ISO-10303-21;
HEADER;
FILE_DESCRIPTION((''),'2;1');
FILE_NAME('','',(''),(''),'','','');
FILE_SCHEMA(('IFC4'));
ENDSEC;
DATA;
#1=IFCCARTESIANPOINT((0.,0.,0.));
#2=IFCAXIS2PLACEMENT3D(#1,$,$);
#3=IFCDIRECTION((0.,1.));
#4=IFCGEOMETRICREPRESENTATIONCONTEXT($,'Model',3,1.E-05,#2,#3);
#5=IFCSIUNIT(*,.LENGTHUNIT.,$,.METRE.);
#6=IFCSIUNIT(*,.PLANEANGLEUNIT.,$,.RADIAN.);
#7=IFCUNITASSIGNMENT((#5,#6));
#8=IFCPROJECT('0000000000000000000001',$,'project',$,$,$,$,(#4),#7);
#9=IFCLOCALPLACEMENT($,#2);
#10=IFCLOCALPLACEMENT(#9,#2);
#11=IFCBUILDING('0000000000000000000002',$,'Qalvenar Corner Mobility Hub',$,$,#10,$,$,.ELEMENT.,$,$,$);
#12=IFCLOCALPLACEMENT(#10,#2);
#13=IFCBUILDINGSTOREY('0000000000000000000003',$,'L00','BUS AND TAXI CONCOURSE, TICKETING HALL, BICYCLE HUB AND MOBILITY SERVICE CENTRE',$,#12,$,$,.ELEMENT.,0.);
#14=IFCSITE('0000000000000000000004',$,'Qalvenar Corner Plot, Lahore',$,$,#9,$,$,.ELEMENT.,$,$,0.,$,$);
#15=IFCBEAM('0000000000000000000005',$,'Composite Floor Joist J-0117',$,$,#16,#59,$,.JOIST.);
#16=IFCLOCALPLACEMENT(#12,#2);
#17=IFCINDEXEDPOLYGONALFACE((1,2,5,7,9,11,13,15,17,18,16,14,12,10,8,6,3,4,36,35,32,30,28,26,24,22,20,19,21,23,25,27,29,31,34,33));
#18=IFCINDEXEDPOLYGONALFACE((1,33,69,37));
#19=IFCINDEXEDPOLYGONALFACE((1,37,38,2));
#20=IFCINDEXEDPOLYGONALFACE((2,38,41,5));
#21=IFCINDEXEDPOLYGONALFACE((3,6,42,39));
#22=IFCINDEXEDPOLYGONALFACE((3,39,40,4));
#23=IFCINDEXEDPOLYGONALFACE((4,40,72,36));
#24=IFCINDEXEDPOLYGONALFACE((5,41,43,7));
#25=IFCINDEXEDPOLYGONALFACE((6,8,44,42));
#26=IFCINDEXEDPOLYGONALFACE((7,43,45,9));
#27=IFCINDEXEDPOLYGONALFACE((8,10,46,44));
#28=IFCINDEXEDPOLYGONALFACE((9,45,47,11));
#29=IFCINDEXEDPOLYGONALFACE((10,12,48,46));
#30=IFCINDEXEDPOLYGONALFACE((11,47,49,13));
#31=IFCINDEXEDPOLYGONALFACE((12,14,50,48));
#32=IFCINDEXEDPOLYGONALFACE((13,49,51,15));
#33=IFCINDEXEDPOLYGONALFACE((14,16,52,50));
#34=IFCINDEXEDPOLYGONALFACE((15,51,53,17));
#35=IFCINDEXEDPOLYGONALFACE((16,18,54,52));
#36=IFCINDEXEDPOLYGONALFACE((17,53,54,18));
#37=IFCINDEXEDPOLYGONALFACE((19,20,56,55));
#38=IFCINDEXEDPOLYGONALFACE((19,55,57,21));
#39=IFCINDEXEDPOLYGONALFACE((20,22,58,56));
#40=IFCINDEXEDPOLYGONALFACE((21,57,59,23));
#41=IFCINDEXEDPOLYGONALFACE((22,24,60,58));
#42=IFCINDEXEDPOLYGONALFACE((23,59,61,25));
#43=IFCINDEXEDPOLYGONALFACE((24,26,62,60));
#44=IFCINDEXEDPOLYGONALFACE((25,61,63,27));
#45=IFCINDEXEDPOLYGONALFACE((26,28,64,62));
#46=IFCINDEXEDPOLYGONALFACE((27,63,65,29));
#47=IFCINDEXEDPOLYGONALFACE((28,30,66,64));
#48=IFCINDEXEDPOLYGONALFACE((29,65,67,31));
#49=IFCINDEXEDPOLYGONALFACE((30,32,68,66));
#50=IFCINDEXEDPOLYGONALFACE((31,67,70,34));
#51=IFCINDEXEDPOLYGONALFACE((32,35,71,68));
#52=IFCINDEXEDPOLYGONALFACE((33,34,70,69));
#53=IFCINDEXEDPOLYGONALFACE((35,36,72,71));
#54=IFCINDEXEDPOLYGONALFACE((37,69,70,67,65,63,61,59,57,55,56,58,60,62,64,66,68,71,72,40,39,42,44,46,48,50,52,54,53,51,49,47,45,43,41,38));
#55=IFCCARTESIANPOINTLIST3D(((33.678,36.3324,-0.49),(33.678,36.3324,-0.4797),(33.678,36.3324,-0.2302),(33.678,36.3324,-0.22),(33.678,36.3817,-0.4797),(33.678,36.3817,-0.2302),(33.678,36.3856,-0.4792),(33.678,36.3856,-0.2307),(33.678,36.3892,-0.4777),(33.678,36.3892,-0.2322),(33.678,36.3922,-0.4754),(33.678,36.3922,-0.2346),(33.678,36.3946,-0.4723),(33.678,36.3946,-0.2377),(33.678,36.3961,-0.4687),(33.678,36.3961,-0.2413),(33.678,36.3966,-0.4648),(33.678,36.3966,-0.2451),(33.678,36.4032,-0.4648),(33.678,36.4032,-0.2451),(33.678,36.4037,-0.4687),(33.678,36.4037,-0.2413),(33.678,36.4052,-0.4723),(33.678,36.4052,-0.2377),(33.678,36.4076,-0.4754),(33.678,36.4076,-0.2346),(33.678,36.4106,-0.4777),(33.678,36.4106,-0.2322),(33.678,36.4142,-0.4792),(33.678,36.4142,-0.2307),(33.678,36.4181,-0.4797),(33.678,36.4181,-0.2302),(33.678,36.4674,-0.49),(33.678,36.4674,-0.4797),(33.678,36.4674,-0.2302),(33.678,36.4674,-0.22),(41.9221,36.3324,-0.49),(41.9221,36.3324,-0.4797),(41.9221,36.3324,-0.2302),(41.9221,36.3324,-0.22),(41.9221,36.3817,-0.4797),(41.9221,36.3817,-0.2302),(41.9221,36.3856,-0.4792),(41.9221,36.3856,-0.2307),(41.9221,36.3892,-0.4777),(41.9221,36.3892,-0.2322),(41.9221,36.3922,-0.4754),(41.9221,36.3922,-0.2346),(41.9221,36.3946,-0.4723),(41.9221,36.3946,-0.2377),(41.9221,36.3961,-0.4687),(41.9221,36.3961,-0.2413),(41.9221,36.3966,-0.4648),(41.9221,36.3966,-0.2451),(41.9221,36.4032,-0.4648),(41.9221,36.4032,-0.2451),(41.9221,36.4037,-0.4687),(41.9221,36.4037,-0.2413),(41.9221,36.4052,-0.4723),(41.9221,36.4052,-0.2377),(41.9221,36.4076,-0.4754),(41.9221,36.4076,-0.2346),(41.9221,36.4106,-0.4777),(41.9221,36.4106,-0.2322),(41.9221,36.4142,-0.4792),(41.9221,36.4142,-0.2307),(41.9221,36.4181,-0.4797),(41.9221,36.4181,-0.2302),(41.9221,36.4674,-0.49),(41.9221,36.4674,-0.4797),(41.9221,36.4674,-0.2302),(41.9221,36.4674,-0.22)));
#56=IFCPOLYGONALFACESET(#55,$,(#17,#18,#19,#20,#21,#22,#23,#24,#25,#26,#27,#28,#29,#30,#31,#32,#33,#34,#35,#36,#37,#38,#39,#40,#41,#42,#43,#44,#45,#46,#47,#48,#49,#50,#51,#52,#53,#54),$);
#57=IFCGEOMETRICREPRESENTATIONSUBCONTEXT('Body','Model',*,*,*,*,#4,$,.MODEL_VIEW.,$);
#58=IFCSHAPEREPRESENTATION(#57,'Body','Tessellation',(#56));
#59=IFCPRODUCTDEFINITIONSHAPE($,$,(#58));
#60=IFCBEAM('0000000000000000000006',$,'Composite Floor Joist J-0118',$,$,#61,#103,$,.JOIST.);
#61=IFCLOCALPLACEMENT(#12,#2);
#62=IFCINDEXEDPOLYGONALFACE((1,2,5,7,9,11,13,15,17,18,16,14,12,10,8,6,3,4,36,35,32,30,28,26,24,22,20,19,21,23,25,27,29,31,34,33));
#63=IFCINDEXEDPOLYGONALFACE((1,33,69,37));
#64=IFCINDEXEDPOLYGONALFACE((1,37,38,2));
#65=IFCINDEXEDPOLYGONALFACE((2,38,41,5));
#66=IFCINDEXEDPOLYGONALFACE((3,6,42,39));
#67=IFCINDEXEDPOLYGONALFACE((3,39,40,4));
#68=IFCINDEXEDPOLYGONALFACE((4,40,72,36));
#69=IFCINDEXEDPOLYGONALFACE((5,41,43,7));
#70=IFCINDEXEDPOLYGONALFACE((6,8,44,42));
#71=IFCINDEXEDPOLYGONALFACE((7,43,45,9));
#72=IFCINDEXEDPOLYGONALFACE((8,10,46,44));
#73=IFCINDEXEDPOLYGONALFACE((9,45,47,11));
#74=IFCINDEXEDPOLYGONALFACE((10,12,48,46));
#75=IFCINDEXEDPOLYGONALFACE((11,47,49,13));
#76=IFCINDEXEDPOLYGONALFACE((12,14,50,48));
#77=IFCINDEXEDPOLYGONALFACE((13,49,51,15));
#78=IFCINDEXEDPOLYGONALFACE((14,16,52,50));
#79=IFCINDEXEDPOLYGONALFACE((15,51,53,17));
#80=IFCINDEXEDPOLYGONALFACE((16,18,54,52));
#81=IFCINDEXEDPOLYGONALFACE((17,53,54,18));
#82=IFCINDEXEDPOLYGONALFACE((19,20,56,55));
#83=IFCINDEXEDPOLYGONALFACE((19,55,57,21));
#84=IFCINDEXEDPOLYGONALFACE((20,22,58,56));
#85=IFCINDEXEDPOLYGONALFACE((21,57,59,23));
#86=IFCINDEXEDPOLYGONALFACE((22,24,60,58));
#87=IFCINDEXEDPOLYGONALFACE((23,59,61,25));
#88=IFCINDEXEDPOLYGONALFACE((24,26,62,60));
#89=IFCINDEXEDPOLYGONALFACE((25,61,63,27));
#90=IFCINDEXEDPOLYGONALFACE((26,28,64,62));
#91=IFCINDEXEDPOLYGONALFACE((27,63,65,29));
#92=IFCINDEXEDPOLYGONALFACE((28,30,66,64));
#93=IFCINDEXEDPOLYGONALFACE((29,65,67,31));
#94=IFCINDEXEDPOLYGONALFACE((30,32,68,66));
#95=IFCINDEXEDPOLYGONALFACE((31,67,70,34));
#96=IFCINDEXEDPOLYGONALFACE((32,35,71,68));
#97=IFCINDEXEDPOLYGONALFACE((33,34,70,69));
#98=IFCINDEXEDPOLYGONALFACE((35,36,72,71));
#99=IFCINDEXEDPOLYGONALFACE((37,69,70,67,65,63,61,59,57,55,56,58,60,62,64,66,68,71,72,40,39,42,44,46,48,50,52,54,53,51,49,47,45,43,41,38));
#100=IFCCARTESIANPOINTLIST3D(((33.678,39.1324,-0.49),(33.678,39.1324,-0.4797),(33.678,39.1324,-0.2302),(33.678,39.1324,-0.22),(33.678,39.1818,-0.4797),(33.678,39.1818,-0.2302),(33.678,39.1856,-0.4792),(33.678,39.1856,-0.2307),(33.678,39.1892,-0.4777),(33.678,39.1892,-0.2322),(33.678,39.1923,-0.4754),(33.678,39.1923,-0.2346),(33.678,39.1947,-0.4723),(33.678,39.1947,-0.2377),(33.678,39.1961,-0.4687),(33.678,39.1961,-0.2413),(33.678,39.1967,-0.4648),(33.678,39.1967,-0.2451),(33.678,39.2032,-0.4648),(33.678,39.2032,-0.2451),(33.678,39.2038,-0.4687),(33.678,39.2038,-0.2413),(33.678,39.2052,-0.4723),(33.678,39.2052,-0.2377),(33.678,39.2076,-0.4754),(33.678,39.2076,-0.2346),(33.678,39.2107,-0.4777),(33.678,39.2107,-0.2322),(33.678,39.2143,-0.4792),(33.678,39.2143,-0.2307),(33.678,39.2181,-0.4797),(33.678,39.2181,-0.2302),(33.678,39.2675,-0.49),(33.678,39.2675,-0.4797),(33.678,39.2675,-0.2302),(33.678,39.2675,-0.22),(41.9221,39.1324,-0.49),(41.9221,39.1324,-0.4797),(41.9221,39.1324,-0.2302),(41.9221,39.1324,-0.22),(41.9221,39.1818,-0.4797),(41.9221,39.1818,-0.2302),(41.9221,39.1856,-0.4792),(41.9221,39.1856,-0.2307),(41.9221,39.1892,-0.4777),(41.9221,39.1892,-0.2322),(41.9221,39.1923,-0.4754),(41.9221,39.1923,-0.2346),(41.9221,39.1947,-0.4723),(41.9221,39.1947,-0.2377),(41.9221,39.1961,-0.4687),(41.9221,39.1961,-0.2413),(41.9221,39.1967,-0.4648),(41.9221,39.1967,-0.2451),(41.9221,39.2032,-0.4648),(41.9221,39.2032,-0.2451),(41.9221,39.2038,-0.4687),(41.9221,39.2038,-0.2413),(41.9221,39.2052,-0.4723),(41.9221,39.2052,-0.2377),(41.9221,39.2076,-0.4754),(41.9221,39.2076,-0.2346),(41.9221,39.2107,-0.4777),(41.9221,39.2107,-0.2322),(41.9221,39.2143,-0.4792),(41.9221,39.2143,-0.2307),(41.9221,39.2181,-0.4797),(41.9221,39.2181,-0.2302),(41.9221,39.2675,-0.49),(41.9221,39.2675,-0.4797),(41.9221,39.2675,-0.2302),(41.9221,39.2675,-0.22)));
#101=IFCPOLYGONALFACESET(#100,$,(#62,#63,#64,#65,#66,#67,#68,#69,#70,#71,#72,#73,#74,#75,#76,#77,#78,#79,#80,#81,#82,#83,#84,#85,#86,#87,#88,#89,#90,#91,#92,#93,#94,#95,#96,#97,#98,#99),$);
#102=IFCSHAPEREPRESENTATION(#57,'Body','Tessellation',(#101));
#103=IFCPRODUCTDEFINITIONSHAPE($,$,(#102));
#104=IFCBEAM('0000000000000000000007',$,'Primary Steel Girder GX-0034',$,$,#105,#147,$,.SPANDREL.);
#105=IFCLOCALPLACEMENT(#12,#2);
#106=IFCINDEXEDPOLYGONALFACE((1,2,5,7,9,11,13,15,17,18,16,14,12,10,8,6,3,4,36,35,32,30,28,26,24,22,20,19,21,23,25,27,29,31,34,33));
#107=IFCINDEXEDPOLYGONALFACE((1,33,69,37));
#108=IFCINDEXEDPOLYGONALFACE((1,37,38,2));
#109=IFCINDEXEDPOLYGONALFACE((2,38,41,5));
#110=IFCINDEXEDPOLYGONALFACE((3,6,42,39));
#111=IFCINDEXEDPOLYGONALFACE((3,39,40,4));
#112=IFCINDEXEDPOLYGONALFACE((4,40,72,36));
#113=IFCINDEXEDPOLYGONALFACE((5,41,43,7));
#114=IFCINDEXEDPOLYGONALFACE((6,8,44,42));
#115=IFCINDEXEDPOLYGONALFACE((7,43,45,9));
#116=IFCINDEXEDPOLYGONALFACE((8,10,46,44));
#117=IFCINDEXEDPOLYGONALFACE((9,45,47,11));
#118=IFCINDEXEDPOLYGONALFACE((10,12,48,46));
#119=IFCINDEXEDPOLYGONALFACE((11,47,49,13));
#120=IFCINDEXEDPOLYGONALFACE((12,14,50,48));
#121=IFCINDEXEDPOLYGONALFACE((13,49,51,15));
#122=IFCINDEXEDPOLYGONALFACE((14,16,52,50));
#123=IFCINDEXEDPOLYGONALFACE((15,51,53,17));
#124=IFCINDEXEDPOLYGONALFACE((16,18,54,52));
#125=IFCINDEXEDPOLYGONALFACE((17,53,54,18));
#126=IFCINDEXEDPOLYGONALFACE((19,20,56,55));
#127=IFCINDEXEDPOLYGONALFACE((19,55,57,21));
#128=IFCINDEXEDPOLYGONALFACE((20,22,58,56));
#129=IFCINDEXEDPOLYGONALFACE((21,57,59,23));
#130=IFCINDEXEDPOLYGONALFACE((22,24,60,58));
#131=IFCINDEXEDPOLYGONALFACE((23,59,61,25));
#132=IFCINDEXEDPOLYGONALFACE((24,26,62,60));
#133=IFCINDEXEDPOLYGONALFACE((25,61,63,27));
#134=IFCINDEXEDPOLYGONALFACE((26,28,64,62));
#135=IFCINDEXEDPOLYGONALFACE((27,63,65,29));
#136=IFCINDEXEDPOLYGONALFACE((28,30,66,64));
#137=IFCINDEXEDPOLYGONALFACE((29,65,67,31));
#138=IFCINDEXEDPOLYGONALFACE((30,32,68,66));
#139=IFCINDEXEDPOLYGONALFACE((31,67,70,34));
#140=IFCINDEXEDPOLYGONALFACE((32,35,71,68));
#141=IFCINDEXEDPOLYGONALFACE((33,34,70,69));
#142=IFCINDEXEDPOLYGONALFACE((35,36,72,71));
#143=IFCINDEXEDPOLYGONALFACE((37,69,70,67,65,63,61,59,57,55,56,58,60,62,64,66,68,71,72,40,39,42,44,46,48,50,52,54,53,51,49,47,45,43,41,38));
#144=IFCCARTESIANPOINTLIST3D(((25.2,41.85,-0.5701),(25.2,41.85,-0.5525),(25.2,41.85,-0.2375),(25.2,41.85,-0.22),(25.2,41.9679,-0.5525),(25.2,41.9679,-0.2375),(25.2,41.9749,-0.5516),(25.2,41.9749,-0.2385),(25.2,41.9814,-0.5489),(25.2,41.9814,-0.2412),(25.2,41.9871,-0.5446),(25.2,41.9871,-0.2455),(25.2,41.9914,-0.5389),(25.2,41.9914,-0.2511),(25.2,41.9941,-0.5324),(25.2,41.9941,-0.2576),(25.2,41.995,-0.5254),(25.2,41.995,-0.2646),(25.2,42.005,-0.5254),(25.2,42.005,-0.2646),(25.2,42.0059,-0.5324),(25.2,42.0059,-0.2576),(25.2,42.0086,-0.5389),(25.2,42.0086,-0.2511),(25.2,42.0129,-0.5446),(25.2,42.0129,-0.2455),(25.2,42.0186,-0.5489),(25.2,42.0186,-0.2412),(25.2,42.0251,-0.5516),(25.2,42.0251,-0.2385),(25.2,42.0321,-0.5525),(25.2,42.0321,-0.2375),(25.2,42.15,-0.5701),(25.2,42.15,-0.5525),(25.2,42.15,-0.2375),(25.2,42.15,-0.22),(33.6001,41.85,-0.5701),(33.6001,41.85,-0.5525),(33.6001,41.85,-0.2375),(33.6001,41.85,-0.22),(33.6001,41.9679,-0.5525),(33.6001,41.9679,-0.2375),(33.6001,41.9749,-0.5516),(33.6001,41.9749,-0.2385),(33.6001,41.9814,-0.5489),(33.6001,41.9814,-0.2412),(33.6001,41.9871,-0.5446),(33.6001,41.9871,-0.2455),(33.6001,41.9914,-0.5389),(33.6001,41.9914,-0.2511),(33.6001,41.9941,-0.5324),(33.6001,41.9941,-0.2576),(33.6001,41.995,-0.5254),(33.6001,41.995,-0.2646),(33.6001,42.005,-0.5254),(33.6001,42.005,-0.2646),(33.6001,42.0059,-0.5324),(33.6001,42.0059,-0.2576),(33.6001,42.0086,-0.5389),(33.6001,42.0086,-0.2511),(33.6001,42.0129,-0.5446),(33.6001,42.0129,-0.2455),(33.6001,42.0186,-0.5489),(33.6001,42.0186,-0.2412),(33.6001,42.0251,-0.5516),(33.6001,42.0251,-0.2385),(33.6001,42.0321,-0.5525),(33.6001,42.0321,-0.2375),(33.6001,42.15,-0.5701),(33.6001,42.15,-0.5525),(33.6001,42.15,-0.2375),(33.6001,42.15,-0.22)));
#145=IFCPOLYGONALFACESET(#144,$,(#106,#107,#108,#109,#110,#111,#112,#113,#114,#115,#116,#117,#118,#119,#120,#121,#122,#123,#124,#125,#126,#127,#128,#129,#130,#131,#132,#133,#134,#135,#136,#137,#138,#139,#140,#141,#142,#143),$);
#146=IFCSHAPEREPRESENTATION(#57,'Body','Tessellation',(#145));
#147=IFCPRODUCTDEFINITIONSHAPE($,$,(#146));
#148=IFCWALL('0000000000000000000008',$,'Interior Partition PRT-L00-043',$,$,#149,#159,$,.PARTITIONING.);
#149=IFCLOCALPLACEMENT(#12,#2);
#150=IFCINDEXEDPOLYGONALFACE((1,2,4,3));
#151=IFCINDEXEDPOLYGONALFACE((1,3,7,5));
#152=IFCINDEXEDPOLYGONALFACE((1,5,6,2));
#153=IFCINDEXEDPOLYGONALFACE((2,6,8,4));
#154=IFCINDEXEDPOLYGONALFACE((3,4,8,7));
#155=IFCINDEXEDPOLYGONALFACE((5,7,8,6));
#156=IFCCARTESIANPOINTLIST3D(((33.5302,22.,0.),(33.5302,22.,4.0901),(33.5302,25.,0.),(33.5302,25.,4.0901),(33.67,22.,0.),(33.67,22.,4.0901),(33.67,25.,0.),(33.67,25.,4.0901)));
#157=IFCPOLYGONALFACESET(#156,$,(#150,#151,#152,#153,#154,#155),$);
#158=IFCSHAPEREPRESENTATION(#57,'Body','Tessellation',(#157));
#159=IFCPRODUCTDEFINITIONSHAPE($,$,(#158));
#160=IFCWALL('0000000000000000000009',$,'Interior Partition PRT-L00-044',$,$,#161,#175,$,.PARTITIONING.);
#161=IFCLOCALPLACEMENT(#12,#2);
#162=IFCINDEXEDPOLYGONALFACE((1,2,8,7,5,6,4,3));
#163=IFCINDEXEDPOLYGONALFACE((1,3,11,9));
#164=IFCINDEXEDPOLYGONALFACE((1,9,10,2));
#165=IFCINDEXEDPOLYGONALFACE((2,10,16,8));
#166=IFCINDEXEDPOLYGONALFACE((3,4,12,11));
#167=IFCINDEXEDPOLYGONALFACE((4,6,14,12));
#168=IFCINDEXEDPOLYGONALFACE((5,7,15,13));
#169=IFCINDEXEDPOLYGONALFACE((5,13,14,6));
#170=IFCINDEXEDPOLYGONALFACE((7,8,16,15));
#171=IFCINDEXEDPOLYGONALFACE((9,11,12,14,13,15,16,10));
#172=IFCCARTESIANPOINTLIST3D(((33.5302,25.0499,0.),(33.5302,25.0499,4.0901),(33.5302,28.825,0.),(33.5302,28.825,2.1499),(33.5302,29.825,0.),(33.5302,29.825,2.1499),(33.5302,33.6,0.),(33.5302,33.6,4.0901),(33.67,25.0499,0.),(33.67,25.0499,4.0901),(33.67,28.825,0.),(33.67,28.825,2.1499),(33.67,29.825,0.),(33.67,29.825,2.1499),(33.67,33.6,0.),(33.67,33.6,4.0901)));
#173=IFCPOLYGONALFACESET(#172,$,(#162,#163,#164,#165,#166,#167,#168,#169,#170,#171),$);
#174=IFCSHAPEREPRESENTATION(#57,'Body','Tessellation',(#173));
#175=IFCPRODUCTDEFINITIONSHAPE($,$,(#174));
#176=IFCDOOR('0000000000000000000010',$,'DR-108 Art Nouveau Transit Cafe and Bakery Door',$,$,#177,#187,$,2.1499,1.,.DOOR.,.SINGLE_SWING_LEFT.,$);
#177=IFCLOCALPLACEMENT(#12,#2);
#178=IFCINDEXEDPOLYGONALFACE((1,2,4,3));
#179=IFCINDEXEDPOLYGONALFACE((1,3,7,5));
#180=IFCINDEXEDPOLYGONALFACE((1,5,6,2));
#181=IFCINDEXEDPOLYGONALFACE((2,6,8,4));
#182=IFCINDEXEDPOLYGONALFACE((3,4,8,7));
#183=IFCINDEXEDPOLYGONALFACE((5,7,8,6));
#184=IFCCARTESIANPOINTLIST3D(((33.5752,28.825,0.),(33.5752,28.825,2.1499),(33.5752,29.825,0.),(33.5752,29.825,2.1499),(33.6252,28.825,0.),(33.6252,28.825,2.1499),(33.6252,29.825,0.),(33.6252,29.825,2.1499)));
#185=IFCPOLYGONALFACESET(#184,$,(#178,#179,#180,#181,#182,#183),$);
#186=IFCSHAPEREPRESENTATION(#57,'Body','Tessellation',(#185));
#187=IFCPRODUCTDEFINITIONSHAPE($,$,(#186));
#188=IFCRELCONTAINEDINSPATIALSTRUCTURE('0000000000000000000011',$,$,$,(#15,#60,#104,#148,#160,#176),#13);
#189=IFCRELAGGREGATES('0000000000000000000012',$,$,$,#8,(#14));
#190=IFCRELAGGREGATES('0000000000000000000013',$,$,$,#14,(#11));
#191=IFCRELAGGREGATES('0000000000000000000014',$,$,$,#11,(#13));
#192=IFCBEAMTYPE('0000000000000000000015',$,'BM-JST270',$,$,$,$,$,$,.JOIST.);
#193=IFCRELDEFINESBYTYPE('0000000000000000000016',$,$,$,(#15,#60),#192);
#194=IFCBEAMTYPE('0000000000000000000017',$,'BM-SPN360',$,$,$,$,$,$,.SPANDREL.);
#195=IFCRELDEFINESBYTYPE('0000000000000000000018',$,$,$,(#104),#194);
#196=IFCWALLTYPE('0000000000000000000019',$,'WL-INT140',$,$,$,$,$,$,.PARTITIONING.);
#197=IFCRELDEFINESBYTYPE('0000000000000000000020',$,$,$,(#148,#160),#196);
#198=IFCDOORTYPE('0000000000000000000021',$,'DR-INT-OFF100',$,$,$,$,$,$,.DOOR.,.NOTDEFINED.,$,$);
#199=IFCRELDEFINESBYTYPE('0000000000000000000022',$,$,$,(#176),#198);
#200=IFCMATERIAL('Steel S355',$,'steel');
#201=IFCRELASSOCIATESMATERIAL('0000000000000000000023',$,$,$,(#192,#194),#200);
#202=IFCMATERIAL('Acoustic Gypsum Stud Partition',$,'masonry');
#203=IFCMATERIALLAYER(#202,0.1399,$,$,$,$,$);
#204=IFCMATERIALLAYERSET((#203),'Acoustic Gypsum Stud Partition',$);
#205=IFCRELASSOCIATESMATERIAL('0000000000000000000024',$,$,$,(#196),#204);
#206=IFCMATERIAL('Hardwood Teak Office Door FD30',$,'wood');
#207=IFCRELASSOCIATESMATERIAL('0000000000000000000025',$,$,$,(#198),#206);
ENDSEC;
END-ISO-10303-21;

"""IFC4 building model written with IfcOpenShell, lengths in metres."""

from ifc_helpers import new_model, si_unit, direction, frame, frame_2d, origin, origin_2d, place, context, subcontext, project, spatial, rectangle, i_section, extrude, material, layer, layer_set, material_profile, profile_set, type_object, element, fill, save


model = new_model("IFC4")

# Units and contexts
model_context = context("Model", 3, precision=1e-05, world=origin(), true_north=direction((0.0, 1.0)))
body_context = subcontext(model_context, "Body", "Model", "MODEL_VIEW")
ifc_project = project(units=[si_unit("LENGTHUNIT", "METRE"), si_unit("PLANEANGLEUNIT", "RADIAN")], contexts=[model_context])

# Site, building, storey
site_placement = place(None, origin())
site = spatial("IfcSite", under=ifc_project, at=site_placement, Name="Qalvenar Corner Plot, Lahore", CompositionType="ELEMENT", RefElevation=0.0)
building_placement = place(site_placement, origin())
building = spatial("IfcBuilding", under=site, at=building_placement, Name="Qalvenar Corner Mobility Hub", CompositionType="ELEMENT")
storey_placement = place(building_placement, origin())
storey = spatial("IfcBuildingStorey", under=building, at=storey_placement, Name="L00", Description="BUS AND TAXI CONCOURSE, TICKETING HALL, BICYCLE HUB AND MOBILITY SERVICE CENTRE", CompositionType="ELEMENT", Elevation=0.0)

# Shared definitions
ifc_material_1 = material(Name="Steel S355", Category="steel")

# Beams
ifc_material_profile_1 = material_profile(ifc_material_1, i_section(OverallWidth=0.135, OverallDepth=0.27, WebThickness=0.0066, FlangeThickness=0.0103, FilletRadius=0.0149, at=origin_2d()), Name="IPE270")
ifc_profile_set_1 = profile_set([ifc_material_profile_1], Name="Steel S355")
beam_type_1 = type_object("IfcBeamType", Name="BM-JST270", PredefinedType="JOIST", material=ifc_profile_set_1)
for number, where, z_axis, x_axis, name in (
    (1, (33.678, 36.3999, -0.355), (1.0, 0.0, 0.0), (0.0, 1.0, 0.0), "Composite Floor Joist J-0117"),
    (2, (33.678, 39.2, -0.355), (1.0, 0.0, 0.0), (0.0, 1.0, 0.0), "Composite Floor Joist J-0118"),
):
    element("IfcBeam", number, at=place(storey_placement, frame(where, z_axis=z_axis, x_axis=x_axis)), inside=storey, type_object=beam_type_1, Name=name, PredefinedType="JOIST", context=body_context, shape_type="SweptSolid", body=[
        extrude(i_section(OverallWidth=0.135, OverallDepth=0.27, WebThickness=0.0066, FlangeThickness=0.0103, FilletRadius=0.0149, at=origin_2d()), origin(), (0.0, 0.0, 1.0), 8.2441),
    ])
ifc_material_profile_2 = material_profile(ifc_material_1, i_section(OverallWidth=0.3, OverallDepth=0.3501, WebThickness=0.01, FlangeThickness=0.0176, FilletRadius=0.0271, at=origin_2d()), Name="HEA360")
ifc_profile_set_2 = profile_set([ifc_material_profile_2], Name="Steel S355")
beam_type_2 = type_object("IfcBeamType", Name="BM-SPN360", PredefinedType="SPANDREL", material=ifc_profile_set_2)
beam_1_placement = place(storey_placement, frame((25.2, 42.0, -0.395), z_axis=(1.0, 0.0, 0.0), x_axis=(0.0, 1.0, 0.0)))
element("IfcBeam", 3, at=beam_1_placement, inside=storey, type_object=beam_type_2, Name="Primary Steel Girder GX-0034", PredefinedType="SPANDREL", context=body_context, shape_type="SweptSolid", body=[
    extrude(i_section(OverallWidth=0.3, OverallDepth=0.3501, WebThickness=0.01, FlangeThickness=0.0176, FilletRadius=0.0271, at=origin_2d()), origin(), (0.0, 0.0, 1.0), 8.4001),
])

# Wall
ifc_material_2 = material(Name="Acoustic Gypsum Stud Partition", Category="masonry")
ifc_layer_1 = layer(ifc_material_2, 0.1399)
ifc_layer_set_1 = layer_set([ifc_layer_1], Name="Acoustic Gypsum Stud Partition")
wall_type_1 = type_object("IfcWallType", Name="WL-INT140", PredefinedType="PARTITIONING", material=ifc_layer_set_1)
wall_1_placement = place(storey_placement, frame((33.6001, 22.0, 0.0), z_axis=(0.0, 0.0, 1.0), x_axis=(0.0, 1.0, 0.0)))
element("IfcWall", 4, at=wall_1_placement, inside=storey, type_object=wall_type_1, Name="Interior Partition PRT-L00-043", PredefinedType="PARTITIONING", context=body_context, shape_type="SweptSolid", body=[
    extrude(rectangle(XDim=3.0, YDim=0.1399, at=frame_2d((1.5, 0.0))), origin(), (0.0, 0.0, 1.0), 4.0901),
])

# Wall, opening, door
wall_2_placement = place(storey_placement, frame((33.6001, 25.05, 0.0), z_axis=(0.0, 0.0, 1.0), x_axis=(0.0, 1.0, 0.0)))
wall_2 = element("IfcWall", 5, at=wall_2_placement, inside=storey, type_object=wall_type_1, Name="Interior Partition PRT-L00-044", PredefinedType="PARTITIONING", context=body_context, shape_type="SweptSolid", body=[
    extrude(rectangle(XDim=8.55, YDim=0.1399, at=frame_2d((4.2749, 0.0))), origin(), (0.0, 0.0, 1.0), 4.0901),
])
opening_1_placement = place(wall_2_placement, frame((3.7749, 0.0, 0.0)))
opening_1 = element("IfcOpeningElement", 6, at=opening_1_placement, cuts=wall_2, PredefinedType="OPENING", context=body_context, shape_type="SweptSolid", body=[
    extrude(rectangle(XDim=1.0, YDim=2.1499, at=frame_2d((0.5, 1.075))), frame((0.0, 0.0801, 0.0), z_axis=(0.0, -1.0, 0.0), x_axis=(1.0, 0.0, 0.0)), (0.0, 0.0, 1.0), 0.1599),
])
ifc_material_3 = material(Name="Hardwood Teak Office Door FD30", Category="wood")
door_type = type_object("IfcDoorType", Name="DR-INT-OFF100", OperationType="NOTDEFINED", PredefinedType="DOOR", material=ifc_material_3)
door_1_placement = place(opening_1_placement, origin())
door_1 = element("IfcDoor", 7, at=door_1_placement, inside=storey, type_object=door_type, Name="DR-108 Art Nouveau Transit Cafe and Bakery Door", OperationType="SINGLE_SWING_LEFT", OverallHeight=2.1499, OverallWidth=1.0, PredefinedType="DOOR", context=body_context, shape_type="SweptSolid", body=[
    extrude(rectangle(XDim=1.0, YDim=2.1499, at=frame_2d((0.5, 1.075))), frame((0.0, 0.0249, 0.0), z_axis=(0.0, -1.0, 0.0), x_axis=(1.0, 0.0, 0.0)), (0.0, 0.0, 1.0), 0.05),
])
fill(opening_1, door_1)

save(model, "model.ifc")
